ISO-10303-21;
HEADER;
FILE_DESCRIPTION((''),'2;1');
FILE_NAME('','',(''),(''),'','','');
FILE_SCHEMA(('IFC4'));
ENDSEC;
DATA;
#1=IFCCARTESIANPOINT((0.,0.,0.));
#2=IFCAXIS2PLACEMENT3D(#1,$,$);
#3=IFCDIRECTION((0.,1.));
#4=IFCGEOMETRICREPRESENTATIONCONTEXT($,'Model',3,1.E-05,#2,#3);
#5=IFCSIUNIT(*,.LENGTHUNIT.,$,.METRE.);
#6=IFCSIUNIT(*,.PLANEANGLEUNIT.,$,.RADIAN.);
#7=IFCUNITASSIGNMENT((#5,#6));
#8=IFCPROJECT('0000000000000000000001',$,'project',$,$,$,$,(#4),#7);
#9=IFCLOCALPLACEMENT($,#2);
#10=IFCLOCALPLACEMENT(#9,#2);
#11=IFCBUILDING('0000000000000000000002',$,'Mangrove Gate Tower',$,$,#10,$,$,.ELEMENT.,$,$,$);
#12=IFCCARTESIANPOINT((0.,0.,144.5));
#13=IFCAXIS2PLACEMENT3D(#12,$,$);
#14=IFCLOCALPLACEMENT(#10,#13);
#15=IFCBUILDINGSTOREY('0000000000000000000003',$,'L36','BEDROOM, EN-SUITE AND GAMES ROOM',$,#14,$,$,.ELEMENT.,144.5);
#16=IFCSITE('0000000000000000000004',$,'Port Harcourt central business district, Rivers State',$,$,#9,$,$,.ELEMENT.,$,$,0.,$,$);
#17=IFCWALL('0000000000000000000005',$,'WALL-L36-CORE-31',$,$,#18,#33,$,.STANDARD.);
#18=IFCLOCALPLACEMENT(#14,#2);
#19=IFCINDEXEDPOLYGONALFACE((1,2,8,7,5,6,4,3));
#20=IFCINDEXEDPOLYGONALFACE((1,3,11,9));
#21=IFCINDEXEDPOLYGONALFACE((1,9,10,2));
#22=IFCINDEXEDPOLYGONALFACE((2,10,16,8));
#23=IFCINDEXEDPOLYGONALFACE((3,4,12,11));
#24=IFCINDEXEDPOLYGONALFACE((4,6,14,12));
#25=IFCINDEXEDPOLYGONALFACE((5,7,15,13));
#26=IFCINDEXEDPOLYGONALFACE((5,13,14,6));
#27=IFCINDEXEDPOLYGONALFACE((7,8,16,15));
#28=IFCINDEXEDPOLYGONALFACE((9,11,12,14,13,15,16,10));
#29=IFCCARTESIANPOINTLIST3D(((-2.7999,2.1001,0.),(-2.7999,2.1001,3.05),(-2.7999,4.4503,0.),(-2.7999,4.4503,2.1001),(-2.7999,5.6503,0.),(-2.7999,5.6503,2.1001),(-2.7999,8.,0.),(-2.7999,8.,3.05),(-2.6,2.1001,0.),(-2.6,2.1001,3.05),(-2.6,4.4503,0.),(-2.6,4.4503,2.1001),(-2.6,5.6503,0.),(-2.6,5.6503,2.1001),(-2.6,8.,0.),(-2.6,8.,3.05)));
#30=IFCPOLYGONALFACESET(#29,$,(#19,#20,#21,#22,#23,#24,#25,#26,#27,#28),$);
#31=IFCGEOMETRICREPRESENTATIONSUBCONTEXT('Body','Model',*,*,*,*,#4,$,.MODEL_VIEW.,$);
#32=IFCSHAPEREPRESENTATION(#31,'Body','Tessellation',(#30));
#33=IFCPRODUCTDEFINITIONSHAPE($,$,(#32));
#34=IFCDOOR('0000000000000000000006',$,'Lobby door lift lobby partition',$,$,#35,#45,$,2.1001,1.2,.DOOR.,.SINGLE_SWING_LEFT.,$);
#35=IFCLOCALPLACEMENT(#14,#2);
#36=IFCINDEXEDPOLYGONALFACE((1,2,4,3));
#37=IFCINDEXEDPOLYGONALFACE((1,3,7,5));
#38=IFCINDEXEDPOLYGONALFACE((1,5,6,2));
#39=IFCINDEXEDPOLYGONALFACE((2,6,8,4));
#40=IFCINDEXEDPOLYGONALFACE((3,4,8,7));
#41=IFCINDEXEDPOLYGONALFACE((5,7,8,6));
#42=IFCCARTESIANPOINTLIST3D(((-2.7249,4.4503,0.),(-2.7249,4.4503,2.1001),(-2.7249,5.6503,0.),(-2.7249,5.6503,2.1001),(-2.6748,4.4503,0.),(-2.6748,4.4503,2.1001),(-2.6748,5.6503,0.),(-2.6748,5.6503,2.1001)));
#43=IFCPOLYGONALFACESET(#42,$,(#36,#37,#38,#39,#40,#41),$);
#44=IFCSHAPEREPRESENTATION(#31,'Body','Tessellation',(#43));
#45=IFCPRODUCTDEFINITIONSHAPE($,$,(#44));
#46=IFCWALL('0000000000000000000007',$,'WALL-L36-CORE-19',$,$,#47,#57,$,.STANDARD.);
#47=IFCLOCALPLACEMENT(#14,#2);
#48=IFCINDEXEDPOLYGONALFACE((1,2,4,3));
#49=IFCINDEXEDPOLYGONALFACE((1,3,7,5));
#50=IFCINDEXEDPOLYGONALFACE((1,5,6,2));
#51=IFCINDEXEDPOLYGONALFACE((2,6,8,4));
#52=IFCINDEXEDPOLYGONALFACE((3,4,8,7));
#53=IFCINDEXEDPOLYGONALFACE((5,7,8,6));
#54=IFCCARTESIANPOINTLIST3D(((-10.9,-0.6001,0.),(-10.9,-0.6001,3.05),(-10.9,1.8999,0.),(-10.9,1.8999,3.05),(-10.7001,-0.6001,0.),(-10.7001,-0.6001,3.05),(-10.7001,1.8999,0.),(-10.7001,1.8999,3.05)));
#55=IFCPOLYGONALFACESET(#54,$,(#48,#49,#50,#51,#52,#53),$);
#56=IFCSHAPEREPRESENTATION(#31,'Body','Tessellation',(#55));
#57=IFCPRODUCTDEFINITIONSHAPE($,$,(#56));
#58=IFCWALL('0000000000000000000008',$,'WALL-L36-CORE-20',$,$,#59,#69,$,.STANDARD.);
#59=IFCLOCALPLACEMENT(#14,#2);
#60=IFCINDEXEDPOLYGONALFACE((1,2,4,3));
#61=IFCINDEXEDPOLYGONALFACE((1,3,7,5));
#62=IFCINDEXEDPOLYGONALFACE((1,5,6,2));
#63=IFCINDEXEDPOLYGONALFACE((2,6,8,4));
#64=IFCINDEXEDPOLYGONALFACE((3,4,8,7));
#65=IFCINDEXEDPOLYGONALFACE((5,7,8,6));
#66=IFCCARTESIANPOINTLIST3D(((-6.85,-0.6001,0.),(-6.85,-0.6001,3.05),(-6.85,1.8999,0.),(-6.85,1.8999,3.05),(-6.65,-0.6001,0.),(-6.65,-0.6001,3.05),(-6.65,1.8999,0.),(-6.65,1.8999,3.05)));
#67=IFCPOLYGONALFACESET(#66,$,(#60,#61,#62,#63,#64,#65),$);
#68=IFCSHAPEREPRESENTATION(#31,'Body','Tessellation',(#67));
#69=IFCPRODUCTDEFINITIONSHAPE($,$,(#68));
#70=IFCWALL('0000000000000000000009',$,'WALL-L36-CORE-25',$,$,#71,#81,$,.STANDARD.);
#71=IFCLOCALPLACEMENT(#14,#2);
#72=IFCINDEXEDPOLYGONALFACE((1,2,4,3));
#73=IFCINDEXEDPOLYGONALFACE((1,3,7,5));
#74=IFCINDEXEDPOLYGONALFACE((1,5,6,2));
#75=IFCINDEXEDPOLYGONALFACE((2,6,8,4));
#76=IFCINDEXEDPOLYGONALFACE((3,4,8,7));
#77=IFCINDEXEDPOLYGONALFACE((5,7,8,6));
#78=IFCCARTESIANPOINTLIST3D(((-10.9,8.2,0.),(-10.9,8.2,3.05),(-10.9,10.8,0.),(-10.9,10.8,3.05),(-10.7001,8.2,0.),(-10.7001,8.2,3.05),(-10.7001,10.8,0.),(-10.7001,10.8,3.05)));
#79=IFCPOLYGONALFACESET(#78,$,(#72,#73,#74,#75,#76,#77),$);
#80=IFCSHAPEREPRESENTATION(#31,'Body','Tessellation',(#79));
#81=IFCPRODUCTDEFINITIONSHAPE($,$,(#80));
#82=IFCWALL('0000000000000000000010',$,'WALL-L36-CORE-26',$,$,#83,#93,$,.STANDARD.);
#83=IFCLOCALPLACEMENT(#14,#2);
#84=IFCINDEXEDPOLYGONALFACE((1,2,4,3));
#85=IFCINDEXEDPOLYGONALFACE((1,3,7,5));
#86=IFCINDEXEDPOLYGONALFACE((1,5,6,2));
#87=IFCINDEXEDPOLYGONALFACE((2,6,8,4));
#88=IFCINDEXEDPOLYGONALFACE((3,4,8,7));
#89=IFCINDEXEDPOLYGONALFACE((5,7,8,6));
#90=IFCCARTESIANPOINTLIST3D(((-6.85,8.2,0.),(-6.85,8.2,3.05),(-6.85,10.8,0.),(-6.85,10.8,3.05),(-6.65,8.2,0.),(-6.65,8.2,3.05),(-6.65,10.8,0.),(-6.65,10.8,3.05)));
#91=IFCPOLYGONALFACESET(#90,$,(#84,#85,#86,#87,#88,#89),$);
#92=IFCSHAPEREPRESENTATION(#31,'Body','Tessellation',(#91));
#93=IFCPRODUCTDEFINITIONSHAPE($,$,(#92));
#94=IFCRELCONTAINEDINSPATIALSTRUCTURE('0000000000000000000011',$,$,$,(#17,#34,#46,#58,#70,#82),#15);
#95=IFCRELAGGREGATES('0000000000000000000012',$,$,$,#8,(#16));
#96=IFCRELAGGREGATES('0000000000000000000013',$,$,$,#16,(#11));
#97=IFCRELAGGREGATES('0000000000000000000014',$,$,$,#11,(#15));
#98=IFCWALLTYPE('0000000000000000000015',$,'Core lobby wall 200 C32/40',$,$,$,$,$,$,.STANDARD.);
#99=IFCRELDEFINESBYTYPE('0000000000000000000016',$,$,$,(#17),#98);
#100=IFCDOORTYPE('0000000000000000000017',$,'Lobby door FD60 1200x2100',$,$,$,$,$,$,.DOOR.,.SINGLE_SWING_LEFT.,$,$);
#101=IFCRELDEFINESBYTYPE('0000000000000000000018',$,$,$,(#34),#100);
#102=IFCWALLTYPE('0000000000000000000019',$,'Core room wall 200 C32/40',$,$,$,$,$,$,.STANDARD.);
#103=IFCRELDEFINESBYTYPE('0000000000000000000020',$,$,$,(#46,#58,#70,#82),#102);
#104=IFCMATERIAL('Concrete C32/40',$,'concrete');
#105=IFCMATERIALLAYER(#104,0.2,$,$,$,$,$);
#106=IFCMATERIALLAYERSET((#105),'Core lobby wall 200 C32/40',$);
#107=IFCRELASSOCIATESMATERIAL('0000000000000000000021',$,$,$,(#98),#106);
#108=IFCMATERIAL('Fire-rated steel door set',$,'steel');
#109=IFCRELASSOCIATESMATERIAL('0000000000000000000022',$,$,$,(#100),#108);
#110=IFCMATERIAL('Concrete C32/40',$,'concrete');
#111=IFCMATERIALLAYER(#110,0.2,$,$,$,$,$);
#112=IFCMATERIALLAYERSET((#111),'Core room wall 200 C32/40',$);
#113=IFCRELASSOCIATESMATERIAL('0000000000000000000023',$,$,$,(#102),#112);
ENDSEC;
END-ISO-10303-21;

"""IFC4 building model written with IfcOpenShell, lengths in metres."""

from ifc_helpers import new_model, si_unit, direction, frame, frame_2d, origin, place, context, subcontext, project, spatial, rectangle, extrude, material, layer, layer_set, type_object, element, fill, save


model = new_model("IFC4")

# Units and contexts
model_context = context("Model", 3, precision=1e-05, world=origin(), true_north=direction((0.0, 1.0)))
body_context = subcontext(model_context, "Body", "Model", "MODEL_VIEW")
ifc_project = project(units=[si_unit("LENGTHUNIT", "METRE"), si_unit("PLANEANGLEUNIT", "RADIAN")], contexts=[model_context])

# Site, building, storey
site_placement = place(None, origin())
site = spatial("IfcSite", under=ifc_project, at=site_placement, Name="Port Harcourt central business district, Rivers State", CompositionType="ELEMENT", RefElevation=0.0)
building_placement = place(site_placement, origin())
building = spatial("IfcBuilding", under=site, at=building_placement, Name="Mangrove Gate Tower", CompositionType="ELEMENT")
storey_placement = place(building_placement, frame((0.0, 0.0, 144.5)))
storey = spatial("IfcBuildingStorey", under=building, at=storey_placement, Name="L36", Description="BEDROOM, EN-SUITE AND GAMES ROOM", CompositionType="ELEMENT", Elevation=144.5)

# Wall, opening, door
ifc_material_1 = material(Name="Concrete C32/40", Category="concrete")
ifc_layer_1 = layer(ifc_material_1, 0.2)
ifc_layer_set_1 = layer_set([ifc_layer_1], Name="Core lobby wall 200 C32/40")
wall_type_1 = type_object("IfcWallType", Name="Core lobby wall 200 C32/40", PredefinedType="STANDARD", material=ifc_layer_set_1)
wall_1_placement = place(storey_placement, frame((-2.7, 2.1001, 0.0), z_axis=(0.0, 0.0, 1.0), x_axis=(0.0, 1.0, 0.0)))
wall_1 = element("IfcWall", 1, at=wall_1_placement, inside=storey, type_object=wall_type_1, Name="WALL-L36-CORE-31", PredefinedType="STANDARD", context=body_context, shape_type="SweptSolid", body=[
    extrude(rectangle(XDim=5.8999, YDim=0.2, at=frame_2d((2.95, 0.0))), origin(), (0.0, 0.0, 1.0), 3.05),
])
opening_1_placement = place(wall_1_placement, frame((2.3501, 0.0, 0.0)))
opening_1 = element("IfcOpeningElement", 2, at=opening_1_placement, cuts=wall_1, PredefinedType="OPENING", context=body_context, shape_type="SweptSolid", body=[
    extrude(rectangle(XDim=1.2, YDim=2.1001, at=frame_2d((0.6001, 1.05))), frame((0.0, 0.1099, 0.0), z_axis=(0.0, -1.0, 0.0), x_axis=(1.0, 0.0, 0.0)), (0.0, 0.0, 1.0), 0.22),
])
ifc_material_2 = material(Name="Fire-rated steel door set", Category="steel")
door_type_1 = type_object("IfcDoorType", Name="Lobby door FD60 1200x2100", OperationType="SINGLE_SWING_LEFT", PredefinedType="DOOR", material=ifc_material_2)
door_1_placement = place(opening_1_placement, origin())
door_1 = element("IfcDoor", 3, at=door_1_placement, inside=storey, type_object=door_type_1, Name="Lobby door lift lobby partition", OperationType="SINGLE_SWING_LEFT", OverallHeight=2.1001, OverallWidth=1.2, PredefinedType="DOOR", context=body_context, shape_type="SweptSolid", body=[
    extrude(rectangle(XDim=1.2, YDim=2.1001, at=frame_2d((0.6001, 1.05))), frame((0.0, 0.0249, 0.0), z_axis=(0.0, -1.0, 0.0), x_axis=(1.0, 0.0, 0.0)), (0.0, 0.0, 1.0), 0.05),
])
fill(opening_1, door_1)

# Walls
ifc_material_3 = material(Name="Concrete C32/40", Category="concrete")
ifc_layer_2 = layer(ifc_material_3, 0.2)
ifc_layer_set_2 = layer_set([ifc_layer_2], Name="Core room wall 200 C32/40")
wall_type_2 = type_object("IfcWallType", Name="Core room wall 200 C32/40", PredefinedType="STANDARD", material=ifc_layer_set_2)
for number, where, z_axis, x_axis, name in (
    (4, (-10.8, -0.6001, 0.0), (0.0, 0.0, 1.0), (0.0, 1.0, 0.0), "WALL-L36-CORE-19"),
    (5, (-6.75, -0.6001, 0.0), (0.0, 0.0, 1.0), (0.0, 1.0, 0.0), "WALL-L36-CORE-20"),
):
    element("IfcWall", number, at=place(storey_placement, frame(where, z_axis=z_axis, x_axis=x_axis)), inside=storey, type_object=wall_type_2, Name=name, PredefinedType="STANDARD", context=body_context, shape_type="SweptSolid", body=[
        extrude(rectangle(XDim=2.5, YDim=0.2, at=frame_2d((1.25, 0.0))), origin(), (0.0, 0.0, 1.0), 3.05),
    ])
for number, where, z_axis, x_axis, name in (
    (6, (-10.8, 8.2, 0.0), (0.0, 0.0, 1.0), (0.0, 1.0, 0.0), "WALL-L36-CORE-25"),
    (7, (-6.75, 8.2, 0.0), (0.0, 0.0, 1.0), (0.0, 1.0, 0.0), "WALL-L36-CORE-26"),
):
    element("IfcWall", number, at=place(storey_placement, frame(where, z_axis=z_axis, x_axis=x_axis)), inside=storey, type_object=wall_type_2, Name=name, PredefinedType="STANDARD", context=body_context, shape_type="SweptSolid", body=[
        extrude(rectangle(XDim=2.6001, YDim=0.2, at=frame_2d((1.3, 0.0))), origin(), (0.0, 0.0, 1.0), 3.05),
    ])

save(model, "model.ifc")
